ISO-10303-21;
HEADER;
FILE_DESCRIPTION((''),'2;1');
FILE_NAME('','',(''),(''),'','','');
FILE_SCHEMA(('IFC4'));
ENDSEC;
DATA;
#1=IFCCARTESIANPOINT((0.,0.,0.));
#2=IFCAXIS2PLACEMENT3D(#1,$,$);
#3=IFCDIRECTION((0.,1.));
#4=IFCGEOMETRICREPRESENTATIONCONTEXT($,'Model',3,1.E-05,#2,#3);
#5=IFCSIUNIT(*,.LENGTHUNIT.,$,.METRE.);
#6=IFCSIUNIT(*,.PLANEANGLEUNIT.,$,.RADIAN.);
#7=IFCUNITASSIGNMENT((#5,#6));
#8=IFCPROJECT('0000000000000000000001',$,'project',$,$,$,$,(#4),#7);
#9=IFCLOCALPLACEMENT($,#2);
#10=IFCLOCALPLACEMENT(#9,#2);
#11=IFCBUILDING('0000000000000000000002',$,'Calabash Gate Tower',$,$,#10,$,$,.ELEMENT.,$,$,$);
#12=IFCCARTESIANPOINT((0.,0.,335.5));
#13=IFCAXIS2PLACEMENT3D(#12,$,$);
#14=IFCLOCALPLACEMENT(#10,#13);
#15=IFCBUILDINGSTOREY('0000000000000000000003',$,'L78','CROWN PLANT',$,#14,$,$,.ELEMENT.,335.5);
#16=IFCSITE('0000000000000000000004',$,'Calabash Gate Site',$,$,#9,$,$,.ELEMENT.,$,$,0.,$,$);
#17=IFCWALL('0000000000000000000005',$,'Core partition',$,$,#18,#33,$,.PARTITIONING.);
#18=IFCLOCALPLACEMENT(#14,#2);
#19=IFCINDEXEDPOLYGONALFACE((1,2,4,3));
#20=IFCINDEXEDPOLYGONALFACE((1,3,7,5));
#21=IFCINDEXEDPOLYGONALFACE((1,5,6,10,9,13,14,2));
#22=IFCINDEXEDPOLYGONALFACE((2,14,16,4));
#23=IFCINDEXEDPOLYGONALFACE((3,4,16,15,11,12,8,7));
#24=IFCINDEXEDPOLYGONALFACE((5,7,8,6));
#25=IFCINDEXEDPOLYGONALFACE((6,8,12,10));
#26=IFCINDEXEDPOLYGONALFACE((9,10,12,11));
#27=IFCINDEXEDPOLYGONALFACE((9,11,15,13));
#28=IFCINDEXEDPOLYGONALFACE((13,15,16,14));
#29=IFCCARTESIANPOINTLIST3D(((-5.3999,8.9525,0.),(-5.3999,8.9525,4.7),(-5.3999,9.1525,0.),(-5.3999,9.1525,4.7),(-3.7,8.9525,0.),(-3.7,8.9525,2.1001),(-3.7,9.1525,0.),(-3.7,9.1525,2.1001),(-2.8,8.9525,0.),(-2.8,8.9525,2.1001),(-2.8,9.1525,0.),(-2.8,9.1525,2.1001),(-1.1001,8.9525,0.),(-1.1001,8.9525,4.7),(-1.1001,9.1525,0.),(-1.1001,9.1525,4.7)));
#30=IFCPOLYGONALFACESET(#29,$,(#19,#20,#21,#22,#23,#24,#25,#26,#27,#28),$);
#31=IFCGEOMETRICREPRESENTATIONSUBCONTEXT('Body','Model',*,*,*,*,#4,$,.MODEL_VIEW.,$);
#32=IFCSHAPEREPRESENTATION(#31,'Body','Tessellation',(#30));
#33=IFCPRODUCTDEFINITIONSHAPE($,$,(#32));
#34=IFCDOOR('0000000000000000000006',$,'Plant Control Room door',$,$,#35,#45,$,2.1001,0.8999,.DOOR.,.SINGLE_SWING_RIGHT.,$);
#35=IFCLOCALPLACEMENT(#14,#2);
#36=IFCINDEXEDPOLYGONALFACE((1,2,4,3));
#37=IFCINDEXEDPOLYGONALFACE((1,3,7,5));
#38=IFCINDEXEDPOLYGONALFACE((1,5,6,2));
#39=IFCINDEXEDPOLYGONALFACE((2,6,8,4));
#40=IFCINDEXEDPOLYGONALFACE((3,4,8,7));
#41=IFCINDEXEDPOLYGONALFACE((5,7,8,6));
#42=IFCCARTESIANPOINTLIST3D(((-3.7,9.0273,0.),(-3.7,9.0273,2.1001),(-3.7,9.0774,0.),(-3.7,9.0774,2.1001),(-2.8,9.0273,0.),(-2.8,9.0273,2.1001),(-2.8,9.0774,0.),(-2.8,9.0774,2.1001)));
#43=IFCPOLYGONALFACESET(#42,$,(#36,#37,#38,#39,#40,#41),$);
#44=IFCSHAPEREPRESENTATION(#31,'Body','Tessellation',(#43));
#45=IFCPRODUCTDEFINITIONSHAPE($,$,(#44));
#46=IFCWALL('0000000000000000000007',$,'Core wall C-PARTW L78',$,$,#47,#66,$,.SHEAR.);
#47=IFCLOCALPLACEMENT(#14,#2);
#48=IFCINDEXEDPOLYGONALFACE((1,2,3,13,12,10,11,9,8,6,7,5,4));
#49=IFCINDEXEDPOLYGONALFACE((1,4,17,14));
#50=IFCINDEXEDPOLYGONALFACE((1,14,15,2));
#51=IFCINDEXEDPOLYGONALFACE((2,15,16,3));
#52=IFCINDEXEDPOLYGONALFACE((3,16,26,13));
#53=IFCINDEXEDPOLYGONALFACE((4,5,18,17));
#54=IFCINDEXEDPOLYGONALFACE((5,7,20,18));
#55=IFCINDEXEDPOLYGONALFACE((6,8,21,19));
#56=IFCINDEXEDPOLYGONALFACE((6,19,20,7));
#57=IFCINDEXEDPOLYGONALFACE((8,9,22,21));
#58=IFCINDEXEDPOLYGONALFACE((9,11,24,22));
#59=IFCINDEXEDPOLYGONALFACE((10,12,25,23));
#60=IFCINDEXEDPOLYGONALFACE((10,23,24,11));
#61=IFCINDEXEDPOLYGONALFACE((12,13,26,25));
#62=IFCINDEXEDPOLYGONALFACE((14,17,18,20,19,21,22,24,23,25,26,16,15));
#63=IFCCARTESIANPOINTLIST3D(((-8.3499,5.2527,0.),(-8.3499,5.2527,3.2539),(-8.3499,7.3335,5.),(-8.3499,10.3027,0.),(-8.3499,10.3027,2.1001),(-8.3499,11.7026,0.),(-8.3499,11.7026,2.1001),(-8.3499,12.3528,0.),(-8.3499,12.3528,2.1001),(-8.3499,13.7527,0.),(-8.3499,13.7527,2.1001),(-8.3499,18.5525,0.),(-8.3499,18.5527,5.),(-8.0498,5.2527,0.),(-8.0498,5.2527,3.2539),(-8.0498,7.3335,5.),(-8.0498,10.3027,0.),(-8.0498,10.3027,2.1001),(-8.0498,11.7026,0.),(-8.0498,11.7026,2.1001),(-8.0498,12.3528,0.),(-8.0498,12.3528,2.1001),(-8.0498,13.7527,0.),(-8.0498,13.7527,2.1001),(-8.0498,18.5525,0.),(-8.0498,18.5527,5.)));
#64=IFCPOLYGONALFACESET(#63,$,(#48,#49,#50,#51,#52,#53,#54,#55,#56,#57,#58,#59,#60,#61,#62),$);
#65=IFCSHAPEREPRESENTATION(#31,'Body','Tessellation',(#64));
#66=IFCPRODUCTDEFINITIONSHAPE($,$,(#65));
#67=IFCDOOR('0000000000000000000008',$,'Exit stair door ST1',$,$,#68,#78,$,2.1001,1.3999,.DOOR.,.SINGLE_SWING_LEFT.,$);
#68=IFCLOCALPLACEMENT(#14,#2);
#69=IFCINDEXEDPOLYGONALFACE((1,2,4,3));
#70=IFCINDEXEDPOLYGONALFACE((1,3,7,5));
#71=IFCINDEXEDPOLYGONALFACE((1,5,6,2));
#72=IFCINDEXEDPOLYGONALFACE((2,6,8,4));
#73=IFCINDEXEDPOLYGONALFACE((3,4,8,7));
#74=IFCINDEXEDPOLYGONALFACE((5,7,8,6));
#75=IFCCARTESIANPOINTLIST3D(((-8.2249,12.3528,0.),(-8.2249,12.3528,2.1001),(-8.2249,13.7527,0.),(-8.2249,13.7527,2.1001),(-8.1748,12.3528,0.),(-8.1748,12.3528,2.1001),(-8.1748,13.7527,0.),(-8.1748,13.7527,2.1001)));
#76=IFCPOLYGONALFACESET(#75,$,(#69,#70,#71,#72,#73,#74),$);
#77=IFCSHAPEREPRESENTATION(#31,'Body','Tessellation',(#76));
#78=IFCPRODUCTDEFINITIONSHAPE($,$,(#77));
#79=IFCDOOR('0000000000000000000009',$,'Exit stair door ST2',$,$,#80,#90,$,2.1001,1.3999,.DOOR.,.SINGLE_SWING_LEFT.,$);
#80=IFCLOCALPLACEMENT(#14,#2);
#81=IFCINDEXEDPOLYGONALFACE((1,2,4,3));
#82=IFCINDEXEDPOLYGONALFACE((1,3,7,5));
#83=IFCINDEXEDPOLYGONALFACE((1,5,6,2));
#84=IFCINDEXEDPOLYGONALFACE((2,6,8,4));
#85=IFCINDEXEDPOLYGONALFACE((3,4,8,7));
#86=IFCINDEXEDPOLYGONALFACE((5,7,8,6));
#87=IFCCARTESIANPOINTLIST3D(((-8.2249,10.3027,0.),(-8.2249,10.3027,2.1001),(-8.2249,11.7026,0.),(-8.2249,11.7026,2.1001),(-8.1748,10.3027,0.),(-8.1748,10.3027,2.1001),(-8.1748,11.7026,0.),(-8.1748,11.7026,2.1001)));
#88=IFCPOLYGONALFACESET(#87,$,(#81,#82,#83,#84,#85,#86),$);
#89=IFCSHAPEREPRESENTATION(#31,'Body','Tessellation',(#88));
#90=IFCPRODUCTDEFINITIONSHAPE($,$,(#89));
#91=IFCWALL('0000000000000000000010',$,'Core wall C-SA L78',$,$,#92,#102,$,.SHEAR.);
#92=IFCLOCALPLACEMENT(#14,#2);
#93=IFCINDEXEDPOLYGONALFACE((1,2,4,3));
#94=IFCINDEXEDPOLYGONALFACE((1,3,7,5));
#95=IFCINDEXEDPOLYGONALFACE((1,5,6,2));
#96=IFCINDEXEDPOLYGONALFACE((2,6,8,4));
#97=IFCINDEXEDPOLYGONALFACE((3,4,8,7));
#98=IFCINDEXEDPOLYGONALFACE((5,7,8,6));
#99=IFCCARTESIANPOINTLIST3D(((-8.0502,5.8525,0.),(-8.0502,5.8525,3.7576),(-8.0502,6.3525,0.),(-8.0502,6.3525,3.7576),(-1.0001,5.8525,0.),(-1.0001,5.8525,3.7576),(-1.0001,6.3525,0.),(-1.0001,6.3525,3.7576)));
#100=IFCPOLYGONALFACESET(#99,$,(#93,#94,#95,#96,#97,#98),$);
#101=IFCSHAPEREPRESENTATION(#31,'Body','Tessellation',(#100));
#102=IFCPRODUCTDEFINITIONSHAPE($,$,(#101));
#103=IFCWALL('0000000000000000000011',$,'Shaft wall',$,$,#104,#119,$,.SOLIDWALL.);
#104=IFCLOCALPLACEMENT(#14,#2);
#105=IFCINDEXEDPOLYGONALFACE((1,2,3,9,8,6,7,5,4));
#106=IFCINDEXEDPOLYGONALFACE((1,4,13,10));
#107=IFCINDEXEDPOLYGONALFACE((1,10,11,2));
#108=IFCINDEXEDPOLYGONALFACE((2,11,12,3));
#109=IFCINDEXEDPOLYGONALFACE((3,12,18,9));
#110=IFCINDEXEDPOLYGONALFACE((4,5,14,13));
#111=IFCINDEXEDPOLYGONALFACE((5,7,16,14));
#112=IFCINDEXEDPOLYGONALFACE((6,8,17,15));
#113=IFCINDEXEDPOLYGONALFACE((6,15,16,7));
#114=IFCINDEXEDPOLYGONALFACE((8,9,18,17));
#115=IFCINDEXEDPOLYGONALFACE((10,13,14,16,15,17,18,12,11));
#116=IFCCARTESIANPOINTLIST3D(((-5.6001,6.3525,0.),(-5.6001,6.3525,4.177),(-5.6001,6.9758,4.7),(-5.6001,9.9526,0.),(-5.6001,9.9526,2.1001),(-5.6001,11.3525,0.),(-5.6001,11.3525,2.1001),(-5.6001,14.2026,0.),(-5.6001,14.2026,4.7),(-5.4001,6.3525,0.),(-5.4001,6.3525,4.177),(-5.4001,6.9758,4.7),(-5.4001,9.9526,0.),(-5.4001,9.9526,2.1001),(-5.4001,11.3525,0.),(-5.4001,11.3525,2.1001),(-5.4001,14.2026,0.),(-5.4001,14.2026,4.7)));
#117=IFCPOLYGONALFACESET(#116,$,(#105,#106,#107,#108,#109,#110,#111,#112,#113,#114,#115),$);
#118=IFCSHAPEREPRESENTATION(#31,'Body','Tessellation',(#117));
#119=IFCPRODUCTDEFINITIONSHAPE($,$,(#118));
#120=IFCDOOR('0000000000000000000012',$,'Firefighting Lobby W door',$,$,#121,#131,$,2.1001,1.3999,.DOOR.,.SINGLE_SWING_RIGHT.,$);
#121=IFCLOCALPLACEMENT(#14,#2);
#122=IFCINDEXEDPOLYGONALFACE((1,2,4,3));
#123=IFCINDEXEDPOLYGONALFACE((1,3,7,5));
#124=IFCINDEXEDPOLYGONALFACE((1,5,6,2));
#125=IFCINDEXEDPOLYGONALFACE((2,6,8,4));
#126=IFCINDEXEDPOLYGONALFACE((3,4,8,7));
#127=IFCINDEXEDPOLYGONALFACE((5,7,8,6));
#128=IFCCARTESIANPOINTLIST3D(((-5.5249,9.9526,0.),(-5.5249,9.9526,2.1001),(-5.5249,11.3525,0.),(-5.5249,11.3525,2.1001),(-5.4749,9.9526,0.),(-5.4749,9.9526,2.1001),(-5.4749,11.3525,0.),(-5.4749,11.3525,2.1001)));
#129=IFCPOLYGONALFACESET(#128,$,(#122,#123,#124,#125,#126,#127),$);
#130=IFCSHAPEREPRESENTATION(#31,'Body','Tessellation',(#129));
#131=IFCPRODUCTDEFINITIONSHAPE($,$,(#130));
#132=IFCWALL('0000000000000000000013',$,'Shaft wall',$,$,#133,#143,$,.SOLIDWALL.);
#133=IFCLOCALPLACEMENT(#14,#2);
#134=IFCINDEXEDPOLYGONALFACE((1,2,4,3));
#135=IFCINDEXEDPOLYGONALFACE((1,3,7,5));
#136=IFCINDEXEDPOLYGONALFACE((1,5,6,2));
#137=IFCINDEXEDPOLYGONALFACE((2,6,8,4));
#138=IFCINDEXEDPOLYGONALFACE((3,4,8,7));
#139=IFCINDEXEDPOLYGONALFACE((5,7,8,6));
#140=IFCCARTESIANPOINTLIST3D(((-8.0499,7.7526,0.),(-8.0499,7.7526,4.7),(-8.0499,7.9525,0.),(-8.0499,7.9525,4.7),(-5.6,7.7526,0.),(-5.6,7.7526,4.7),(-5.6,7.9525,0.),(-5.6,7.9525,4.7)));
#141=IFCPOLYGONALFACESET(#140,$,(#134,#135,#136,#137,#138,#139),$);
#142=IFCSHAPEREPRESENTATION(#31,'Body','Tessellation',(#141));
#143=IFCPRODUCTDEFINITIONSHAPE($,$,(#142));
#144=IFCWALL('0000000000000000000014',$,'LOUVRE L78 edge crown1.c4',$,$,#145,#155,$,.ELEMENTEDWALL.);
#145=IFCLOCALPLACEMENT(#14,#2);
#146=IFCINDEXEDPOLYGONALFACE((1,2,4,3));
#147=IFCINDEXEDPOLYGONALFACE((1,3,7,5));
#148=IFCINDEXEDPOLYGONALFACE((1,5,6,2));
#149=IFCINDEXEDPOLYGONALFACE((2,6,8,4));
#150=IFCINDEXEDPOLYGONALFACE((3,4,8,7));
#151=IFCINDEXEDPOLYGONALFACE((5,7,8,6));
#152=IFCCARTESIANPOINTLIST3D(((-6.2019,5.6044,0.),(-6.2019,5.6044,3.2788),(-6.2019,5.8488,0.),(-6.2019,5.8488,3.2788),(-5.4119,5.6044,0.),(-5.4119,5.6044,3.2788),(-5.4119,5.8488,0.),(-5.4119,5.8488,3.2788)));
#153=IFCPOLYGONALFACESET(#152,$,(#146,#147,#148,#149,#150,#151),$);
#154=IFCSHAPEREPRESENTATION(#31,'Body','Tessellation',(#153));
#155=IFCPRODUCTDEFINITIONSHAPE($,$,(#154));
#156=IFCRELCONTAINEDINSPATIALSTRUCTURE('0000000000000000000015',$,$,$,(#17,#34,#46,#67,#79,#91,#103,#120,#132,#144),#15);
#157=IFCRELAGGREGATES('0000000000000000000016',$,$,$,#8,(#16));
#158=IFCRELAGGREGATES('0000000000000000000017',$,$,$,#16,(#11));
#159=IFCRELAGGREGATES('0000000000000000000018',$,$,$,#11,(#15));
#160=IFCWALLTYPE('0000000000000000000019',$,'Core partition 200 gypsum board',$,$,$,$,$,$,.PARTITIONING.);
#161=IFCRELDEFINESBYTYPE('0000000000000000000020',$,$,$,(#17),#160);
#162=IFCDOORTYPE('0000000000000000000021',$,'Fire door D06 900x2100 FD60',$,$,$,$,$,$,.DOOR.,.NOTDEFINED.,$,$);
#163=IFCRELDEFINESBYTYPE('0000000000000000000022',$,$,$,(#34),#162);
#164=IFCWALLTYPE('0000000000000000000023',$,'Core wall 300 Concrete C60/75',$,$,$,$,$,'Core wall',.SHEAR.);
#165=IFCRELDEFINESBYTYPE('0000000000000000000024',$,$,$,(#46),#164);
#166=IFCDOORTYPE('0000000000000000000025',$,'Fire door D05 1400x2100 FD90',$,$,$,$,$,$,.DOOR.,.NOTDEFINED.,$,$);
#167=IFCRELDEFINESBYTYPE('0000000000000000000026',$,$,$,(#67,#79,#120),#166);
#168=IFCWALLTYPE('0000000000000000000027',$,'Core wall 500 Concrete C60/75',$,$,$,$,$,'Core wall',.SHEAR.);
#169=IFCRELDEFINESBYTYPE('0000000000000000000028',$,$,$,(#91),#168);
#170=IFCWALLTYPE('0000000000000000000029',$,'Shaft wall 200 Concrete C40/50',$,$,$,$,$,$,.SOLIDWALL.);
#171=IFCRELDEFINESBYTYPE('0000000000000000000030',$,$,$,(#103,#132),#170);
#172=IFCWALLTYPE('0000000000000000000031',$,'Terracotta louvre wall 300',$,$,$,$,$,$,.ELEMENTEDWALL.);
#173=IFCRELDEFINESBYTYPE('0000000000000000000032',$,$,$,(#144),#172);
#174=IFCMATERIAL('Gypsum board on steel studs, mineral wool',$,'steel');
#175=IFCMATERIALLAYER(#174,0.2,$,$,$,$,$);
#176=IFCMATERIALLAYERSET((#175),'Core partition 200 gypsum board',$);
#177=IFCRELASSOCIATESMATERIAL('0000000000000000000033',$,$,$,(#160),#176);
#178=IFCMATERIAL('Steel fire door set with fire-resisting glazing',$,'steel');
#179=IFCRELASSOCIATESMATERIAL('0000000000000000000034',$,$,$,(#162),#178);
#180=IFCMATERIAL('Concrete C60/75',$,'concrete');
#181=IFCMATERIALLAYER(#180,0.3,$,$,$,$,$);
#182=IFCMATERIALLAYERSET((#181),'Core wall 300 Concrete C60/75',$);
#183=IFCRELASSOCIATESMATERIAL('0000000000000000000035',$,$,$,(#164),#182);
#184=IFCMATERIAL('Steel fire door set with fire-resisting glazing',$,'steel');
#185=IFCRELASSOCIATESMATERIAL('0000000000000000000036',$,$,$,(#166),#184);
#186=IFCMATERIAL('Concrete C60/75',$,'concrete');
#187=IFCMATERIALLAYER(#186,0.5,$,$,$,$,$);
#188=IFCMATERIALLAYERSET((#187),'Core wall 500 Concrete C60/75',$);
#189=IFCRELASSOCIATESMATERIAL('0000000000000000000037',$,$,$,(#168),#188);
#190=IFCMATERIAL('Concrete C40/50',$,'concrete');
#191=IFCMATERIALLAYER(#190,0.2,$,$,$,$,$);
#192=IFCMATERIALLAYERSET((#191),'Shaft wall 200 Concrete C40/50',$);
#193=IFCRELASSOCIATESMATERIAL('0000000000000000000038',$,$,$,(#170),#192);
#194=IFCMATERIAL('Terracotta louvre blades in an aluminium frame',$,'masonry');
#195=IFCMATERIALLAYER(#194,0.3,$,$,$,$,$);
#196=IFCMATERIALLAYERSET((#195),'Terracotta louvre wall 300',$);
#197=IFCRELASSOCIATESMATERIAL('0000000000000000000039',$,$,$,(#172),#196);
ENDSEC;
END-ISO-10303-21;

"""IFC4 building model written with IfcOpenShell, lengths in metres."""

from ifc_helpers import new_model, si_unit, direction, frame, frame_2d, origin, place, context, subcontext, project, spatial, polyline, rectangle, outline, extrude, material, layer, layer_set, type_object, element, fill, save


model = new_model("IFC4")

# Units and contexts
model_context = context("Model", 3, precision=1e-05, world=origin(), true_north=direction((0.0, 1.0)))
body_context = subcontext(model_context, "Body", "Model", "MODEL_VIEW")
ifc_project = project(units=[si_unit("LENGTHUNIT", "METRE"), si_unit("PLANEANGLEUNIT", "RADIAN")], contexts=[model_context])

# Site, building, storey
site_placement = place(None, origin())
site = spatial("IfcSite", under=ifc_project, at=site_placement, Name="Calabash Gate Site", CompositionType="ELEMENT", RefElevation=0.0)
building_placement = place(site_placement, origin())
building = spatial("IfcBuilding", under=site, at=building_placement, Name="Calabash Gate Tower", CompositionType="ELEMENT")
storey_placement = place(building_placement, frame((0.0, 0.0, 335.5)))
storey = spatial("IfcBuildingStorey", under=building, at=storey_placement, Name="L78", Description="CROWN PLANT", CompositionType="ELEMENT", Elevation=335.5)

# Wall, opening, door
ifc_material_1 = material(Name="Gypsum board on steel studs, mineral wool", Category="steel")
ifc_layer_1 = layer(ifc_material_1, 0.2)
ifc_layer_set_1 = layer_set([ifc_layer_1], Name="Core partition 200 gypsum board")
wall_type_1 = type_object("IfcWallType", Name="Core partition 200 gypsum board", PredefinedType="PARTITIONING", material=ifc_layer_set_1)
wall_1_placement = place(storey_placement, frame((-5.3999, 9.0525, 0.0), z_axis=(0.0, 0.0, 1.0), x_axis=(1.0, 0.0, 0.0)))
wall_1 = element("IfcWall", 1, at=wall_1_placement, inside=storey, type_object=wall_type_1, Name="Core partition", PredefinedType="PARTITIONING", context=body_context, shape_type="SweptSolid", body=[
    extrude(rectangle(XDim=4.2998, YDim=0.2, at=frame_2d((2.1499, 0.0))), origin(), (0.0, 0.0, 1.0), 4.7),
])
opening_1_placement = place(wall_1_placement, frame((1.7, 0.0, 0.0)))
opening_1 = element("IfcOpeningElement", 2, at=opening_1_placement, cuts=wall_1, PredefinedType="OPENING", context=body_context, shape_type="SweptSolid", body=[
    extrude(rectangle(XDim=0.8999, YDim=2.1001, at=frame_2d((0.45, 1.05))), frame((0.0, 0.1099, 0.0), z_axis=(0.0, -1.0, 0.0), x_axis=(1.0, 0.0, 0.0)), (0.0, 0.0, 1.0), 0.22),
])
ifc_material_2 = material(Name="Steel fire door set with fire-resisting glazing", Category="steel")
door_type_1 = type_object("IfcDoorType", Name="Fire door D06 900x2100 FD60", OperationType="NOTDEFINED", PredefinedType="DOOR", material=ifc_material_2)
door_1_placement = place(opening_1_placement, origin())
door_1 = element("IfcDoor", 3, at=door_1_placement, inside=storey, type_object=door_type_1, Name="Plant Control Room door", OperationType="SINGLE_SWING_RIGHT", OverallHeight=2.1001, OverallWidth=0.8999, PredefinedType="DOOR", context=body_context, shape_type="SweptSolid", body=[
    extrude(rectangle(XDim=0.8999, YDim=2.1001, at=frame_2d((0.45, 1.05))), frame((0.0, 0.0249, 0.0), z_axis=(0.0, -1.0, 0.0), x_axis=(1.0, 0.0, 0.0)), (0.0, 0.0, 1.0), 0.05),
])
fill(opening_1, door_1)

# Wall, openings, doors
ifc_material_3 = material(Name="Concrete C60/75", Category="concrete")
ifc_layer_2 = layer(ifc_material_3, 0.3)
ifc_layer_set_2 = layer_set([ifc_layer_2], Name="Core wall 300 Concrete C60/75")
wall_type_2 = type_object("IfcWallType", Name="Core wall 300 Concrete C60/75", ElementType="Core wall", PredefinedType="SHEAR", material=ifc_layer_set_2)
wall_2_placement = place(storey_placement, frame((-8.2, 5.2527, 0.0), z_axis=(0.0, 0.0, 1.0), x_axis=(0.0, 1.0, 0.0)))
wall_2 = element("IfcWall", 4, at=wall_2_placement, inside=storey, type_object=wall_type_2, Name="Core wall C-PARTW L78", PredefinedType="SHEAR", context=body_context, shape_type="SweptSolid", body=[
    extrude(outline(polyline([(0.0, 0.0), (13.2998, 0.0), (13.3, 5.0), (2.0808, 5.0), (0.0, 3.2539), (0.0, 0.0)])), frame((0.0, 0.1499, 0.0), z_axis=(0.0, -1.0, 0.0), x_axis=(1.0, 0.0, 0.0)), (0.0, 0.0, 1.0), 0.3),
])
opening_2_placement = place(wall_2_placement, frame((7.1001, 0.0, 0.0)))
opening_2 = element("IfcOpeningElement", 5, at=opening_2_placement, cuts=wall_2, PredefinedType="OPENING", context=body_context, shape_type="SweptSolid", body=[
    extrude(rectangle(XDim=1.3999, YDim=2.1001, at=frame_2d((0.7, 1.05))), frame((0.0, 0.1599, 0.0), z_axis=(0.0, -1.0, 0.0), x_axis=(1.0, 0.0, 0.0)), (0.0, 0.0, 1.0), 0.3201),
])
opening_3_placement = place(wall_2_placement, frame((5.05, 0.0, 0.0)))
opening_3 = element("IfcOpeningElement", 6, at=opening_3_placement, cuts=wall_2, PredefinedType="OPENING", context=body_context, shape_type="SweptSolid", body=[
    extrude(rectangle(XDim=1.3999, YDim=2.1001, at=frame_2d((0.7, 1.05))), frame((0.0, 0.1599, 0.0), z_axis=(0.0, -1.0, 0.0), x_axis=(1.0, 0.0, 0.0)), (0.0, 0.0, 1.0), 0.3201),
])
ifc_material_4 = material(Name="Steel fire door set with fire-resisting glazing", Category="steel")
door_type_2 = type_object("IfcDoorType", Name="Fire door D05 1400x2100 FD90", OperationType="NOTDEFINED", PredefinedType="DOOR", material=ifc_material_4)
door_2_placement = place(opening_2_placement, origin())
door_2 = element("IfcDoor", 7, at=door_2_placement, inside=storey, type_object=door_type_2, Name="Exit stair door ST1", OperationType="SINGLE_SWING_LEFT", OverallHeight=2.1001, OverallWidth=1.3999, PredefinedType="DOOR", context=body_context, shape_type="SweptSolid", body=[
    extrude(rectangle(XDim=1.3999, YDim=2.1001, at=frame_2d((0.7, 1.05))), frame((0.0, 0.0249, 0.0), z_axis=(0.0, -1.0, 0.0), x_axis=(1.0, 0.0, 0.0)), (0.0, 0.0, 1.0), 0.05),
])
fill(opening_2, door_2)
door_3_placement = place(opening_3_placement, origin())
door_3 = element("IfcDoor", 8, at=door_3_placement, inside=storey, type_object=door_type_2, Name="Exit stair door ST2", OperationType="SINGLE_SWING_LEFT", OverallHeight=2.1001, OverallWidth=1.3999, PredefinedType="DOOR", context=body_context, shape_type="SweptSolid", body=[
    extrude(rectangle(XDim=1.3999, YDim=2.1001, at=frame_2d((0.7, 1.05))), frame((0.0, 0.0249, 0.0), z_axis=(0.0, -1.0, 0.0), x_axis=(1.0, 0.0, 0.0)), (0.0, 0.0, 1.0), 0.05),
])
fill(opening_3, door_3)

# Wall
ifc_material_5 = material(Name="Concrete C60/75", Category="concrete")
ifc_layer_3 = layer(ifc_material_5, 0.5)
ifc_layer_set_3 = layer_set([ifc_layer_3], Name="Core wall 500 Concrete C60/75")
wall_type_3 = type_object("IfcWallType", Name="Core wall 500 Concrete C60/75", ElementType="Core wall", PredefinedType="SHEAR", material=ifc_layer_set_3)
wall_3_placement = place(storey_placement, frame((-8.05, 6.1025, 0.0), z_axis=(0.0, 0.0, 1.0), x_axis=(1.0, 0.0, 0.0)))
element("IfcWall", 9, at=wall_3_placement, inside=storey, type_object=wall_type_3, Name="Core wall C-SA L78", PredefinedType="SHEAR", context=body_context, shape_type="SweptSolid", body=[
    extrude(rectangle(XDim=7.05, YDim=0.5, at=frame_2d((3.5249, 0.0))), origin(), (0.0, 0.0, 1.0), 3.7576),
])

# Wall, opening, door
ifc_material_6 = material(Name="Concrete C40/50", Category="concrete")
ifc_layer_4 = layer(ifc_material_6, 0.2)
ifc_layer_set_4 = layer_set([ifc_layer_4], Name="Shaft wall 200 Concrete C40/50")
wall_type_4 = type_object("IfcWallType", Name="Shaft wall 200 Concrete C40/50", PredefinedType="SOLIDWALL", material=ifc_layer_set_4)
wall_4_placement = place(storey_placement, frame((-5.5, 6.3525, 0.0), z_axis=(0.0, 0.0, 1.0), x_axis=(0.0, 1.0, 0.0)))
wall_4 = element("IfcWall", 10, at=wall_4_placement, inside=storey, type_object=wall_type_4, Name="Shaft wall", PredefinedType="SOLIDWALL", context=body_context, shape_type="SweptSolid", body=[
    extrude(outline(polyline([(0.0, 0.0), (7.8501, 0.0), (7.8501, 4.7), (0.6233, 4.7), (0.0, 4.177), (0.0, 0.0)])), frame((0.0, 0.1001, 0.0), z_axis=(0.0, -1.0, 0.0), x_axis=(1.0, 0.0, 0.0)), (0.0, 0.0, 1.0), 0.2),
])
opening_4_placement = place(wall_4_placement, frame((3.6001, 0.0, 0.0)))
opening_4 = element("IfcOpeningElement", 11, at=opening_4_placement, cuts=wall_4, PredefinedType="OPENING", context=body_context, shape_type="SweptSolid", body=[
    extrude(rectangle(XDim=1.3999, YDim=2.1001, at=frame_2d((0.7, 1.05))), frame((0.0, 0.1099, 0.0), z_axis=(0.0, -1.0, 0.0), x_axis=(1.0, 0.0, 0.0)), (0.0, 0.0, 1.0), 0.22),
])
door_4_placement = place(opening_4_placement, origin())
door_4 = element("IfcDoor", 12, at=door_4_placement, inside=storey, type_object=door_type_2, Name="Firefighting Lobby W door", OperationType="SINGLE_SWING_RIGHT", OverallHeight=2.1001, OverallWidth=1.3999, PredefinedType="DOOR", context=body_context, shape_type="SweptSolid", body=[
    extrude(rectangle(XDim=1.3999, YDim=2.1001, at=frame_2d((0.7, 1.05))), frame((0.0, 0.0249, 0.0), z_axis=(0.0, -1.0, 0.0), x_axis=(1.0, 0.0, 0.0)), (0.0, 0.0, 1.0), 0.05),
])
fill(opening_4, door_4)

# Walls
wall_5_placement = place(storey_placement, frame((-8.05, 7.8525, 0.0), z_axis=(0.0, 0.0, 1.0), x_axis=(1.0, 0.0, 0.0)))
element("IfcWall", 13, at=wall_5_placement, inside=storey, type_object=wall_type_4, Name="Shaft wall", PredefinedType="SOLIDWALL", context=body_context, shape_type="SweptSolid", body=[
    extrude(rectangle(XDim=2.45, YDim=0.2, at=frame_2d((1.2251, 0.0))), origin(), (0.0, 0.0, 1.0), 4.7),
])
ifc_material_7 = material(Name="Terracotta louvre blades in an aluminium frame", Category="masonry")
ifc_layer_5 = layer(ifc_material_7, 0.3)
ifc_layer_set_5 = layer_set([ifc_layer_5], Name="Terracotta louvre wall 300")
wall_type_5 = type_object("IfcWallType", Name="Terracotta louvre wall 300", PredefinedType="ELEMENTEDWALL", material=ifc_layer_set_5)
wall_6_placement = place(storey_placement, frame((-6.2019, 5.7266, 0.0), z_axis=(0.0, 0.0, 1.0), x_axis=(1.0, 0.0, 0.0)))
element("IfcWall", 14, at=wall_6_placement, inside=storey, type_object=wall_type_5, Name="LOUVRE L78 edge crown1.c4", PredefinedType="ELEMENTEDWALL", context=body_context, shape_type="SweptSolid", body=[
    extrude(rectangle(XDim=0.79, YDim=0.2444, at=frame_2d((0.395, 0.0))), origin(), (0.0, 0.0, 1.0), 3.2788),
])

save(model, "model.ifc")
